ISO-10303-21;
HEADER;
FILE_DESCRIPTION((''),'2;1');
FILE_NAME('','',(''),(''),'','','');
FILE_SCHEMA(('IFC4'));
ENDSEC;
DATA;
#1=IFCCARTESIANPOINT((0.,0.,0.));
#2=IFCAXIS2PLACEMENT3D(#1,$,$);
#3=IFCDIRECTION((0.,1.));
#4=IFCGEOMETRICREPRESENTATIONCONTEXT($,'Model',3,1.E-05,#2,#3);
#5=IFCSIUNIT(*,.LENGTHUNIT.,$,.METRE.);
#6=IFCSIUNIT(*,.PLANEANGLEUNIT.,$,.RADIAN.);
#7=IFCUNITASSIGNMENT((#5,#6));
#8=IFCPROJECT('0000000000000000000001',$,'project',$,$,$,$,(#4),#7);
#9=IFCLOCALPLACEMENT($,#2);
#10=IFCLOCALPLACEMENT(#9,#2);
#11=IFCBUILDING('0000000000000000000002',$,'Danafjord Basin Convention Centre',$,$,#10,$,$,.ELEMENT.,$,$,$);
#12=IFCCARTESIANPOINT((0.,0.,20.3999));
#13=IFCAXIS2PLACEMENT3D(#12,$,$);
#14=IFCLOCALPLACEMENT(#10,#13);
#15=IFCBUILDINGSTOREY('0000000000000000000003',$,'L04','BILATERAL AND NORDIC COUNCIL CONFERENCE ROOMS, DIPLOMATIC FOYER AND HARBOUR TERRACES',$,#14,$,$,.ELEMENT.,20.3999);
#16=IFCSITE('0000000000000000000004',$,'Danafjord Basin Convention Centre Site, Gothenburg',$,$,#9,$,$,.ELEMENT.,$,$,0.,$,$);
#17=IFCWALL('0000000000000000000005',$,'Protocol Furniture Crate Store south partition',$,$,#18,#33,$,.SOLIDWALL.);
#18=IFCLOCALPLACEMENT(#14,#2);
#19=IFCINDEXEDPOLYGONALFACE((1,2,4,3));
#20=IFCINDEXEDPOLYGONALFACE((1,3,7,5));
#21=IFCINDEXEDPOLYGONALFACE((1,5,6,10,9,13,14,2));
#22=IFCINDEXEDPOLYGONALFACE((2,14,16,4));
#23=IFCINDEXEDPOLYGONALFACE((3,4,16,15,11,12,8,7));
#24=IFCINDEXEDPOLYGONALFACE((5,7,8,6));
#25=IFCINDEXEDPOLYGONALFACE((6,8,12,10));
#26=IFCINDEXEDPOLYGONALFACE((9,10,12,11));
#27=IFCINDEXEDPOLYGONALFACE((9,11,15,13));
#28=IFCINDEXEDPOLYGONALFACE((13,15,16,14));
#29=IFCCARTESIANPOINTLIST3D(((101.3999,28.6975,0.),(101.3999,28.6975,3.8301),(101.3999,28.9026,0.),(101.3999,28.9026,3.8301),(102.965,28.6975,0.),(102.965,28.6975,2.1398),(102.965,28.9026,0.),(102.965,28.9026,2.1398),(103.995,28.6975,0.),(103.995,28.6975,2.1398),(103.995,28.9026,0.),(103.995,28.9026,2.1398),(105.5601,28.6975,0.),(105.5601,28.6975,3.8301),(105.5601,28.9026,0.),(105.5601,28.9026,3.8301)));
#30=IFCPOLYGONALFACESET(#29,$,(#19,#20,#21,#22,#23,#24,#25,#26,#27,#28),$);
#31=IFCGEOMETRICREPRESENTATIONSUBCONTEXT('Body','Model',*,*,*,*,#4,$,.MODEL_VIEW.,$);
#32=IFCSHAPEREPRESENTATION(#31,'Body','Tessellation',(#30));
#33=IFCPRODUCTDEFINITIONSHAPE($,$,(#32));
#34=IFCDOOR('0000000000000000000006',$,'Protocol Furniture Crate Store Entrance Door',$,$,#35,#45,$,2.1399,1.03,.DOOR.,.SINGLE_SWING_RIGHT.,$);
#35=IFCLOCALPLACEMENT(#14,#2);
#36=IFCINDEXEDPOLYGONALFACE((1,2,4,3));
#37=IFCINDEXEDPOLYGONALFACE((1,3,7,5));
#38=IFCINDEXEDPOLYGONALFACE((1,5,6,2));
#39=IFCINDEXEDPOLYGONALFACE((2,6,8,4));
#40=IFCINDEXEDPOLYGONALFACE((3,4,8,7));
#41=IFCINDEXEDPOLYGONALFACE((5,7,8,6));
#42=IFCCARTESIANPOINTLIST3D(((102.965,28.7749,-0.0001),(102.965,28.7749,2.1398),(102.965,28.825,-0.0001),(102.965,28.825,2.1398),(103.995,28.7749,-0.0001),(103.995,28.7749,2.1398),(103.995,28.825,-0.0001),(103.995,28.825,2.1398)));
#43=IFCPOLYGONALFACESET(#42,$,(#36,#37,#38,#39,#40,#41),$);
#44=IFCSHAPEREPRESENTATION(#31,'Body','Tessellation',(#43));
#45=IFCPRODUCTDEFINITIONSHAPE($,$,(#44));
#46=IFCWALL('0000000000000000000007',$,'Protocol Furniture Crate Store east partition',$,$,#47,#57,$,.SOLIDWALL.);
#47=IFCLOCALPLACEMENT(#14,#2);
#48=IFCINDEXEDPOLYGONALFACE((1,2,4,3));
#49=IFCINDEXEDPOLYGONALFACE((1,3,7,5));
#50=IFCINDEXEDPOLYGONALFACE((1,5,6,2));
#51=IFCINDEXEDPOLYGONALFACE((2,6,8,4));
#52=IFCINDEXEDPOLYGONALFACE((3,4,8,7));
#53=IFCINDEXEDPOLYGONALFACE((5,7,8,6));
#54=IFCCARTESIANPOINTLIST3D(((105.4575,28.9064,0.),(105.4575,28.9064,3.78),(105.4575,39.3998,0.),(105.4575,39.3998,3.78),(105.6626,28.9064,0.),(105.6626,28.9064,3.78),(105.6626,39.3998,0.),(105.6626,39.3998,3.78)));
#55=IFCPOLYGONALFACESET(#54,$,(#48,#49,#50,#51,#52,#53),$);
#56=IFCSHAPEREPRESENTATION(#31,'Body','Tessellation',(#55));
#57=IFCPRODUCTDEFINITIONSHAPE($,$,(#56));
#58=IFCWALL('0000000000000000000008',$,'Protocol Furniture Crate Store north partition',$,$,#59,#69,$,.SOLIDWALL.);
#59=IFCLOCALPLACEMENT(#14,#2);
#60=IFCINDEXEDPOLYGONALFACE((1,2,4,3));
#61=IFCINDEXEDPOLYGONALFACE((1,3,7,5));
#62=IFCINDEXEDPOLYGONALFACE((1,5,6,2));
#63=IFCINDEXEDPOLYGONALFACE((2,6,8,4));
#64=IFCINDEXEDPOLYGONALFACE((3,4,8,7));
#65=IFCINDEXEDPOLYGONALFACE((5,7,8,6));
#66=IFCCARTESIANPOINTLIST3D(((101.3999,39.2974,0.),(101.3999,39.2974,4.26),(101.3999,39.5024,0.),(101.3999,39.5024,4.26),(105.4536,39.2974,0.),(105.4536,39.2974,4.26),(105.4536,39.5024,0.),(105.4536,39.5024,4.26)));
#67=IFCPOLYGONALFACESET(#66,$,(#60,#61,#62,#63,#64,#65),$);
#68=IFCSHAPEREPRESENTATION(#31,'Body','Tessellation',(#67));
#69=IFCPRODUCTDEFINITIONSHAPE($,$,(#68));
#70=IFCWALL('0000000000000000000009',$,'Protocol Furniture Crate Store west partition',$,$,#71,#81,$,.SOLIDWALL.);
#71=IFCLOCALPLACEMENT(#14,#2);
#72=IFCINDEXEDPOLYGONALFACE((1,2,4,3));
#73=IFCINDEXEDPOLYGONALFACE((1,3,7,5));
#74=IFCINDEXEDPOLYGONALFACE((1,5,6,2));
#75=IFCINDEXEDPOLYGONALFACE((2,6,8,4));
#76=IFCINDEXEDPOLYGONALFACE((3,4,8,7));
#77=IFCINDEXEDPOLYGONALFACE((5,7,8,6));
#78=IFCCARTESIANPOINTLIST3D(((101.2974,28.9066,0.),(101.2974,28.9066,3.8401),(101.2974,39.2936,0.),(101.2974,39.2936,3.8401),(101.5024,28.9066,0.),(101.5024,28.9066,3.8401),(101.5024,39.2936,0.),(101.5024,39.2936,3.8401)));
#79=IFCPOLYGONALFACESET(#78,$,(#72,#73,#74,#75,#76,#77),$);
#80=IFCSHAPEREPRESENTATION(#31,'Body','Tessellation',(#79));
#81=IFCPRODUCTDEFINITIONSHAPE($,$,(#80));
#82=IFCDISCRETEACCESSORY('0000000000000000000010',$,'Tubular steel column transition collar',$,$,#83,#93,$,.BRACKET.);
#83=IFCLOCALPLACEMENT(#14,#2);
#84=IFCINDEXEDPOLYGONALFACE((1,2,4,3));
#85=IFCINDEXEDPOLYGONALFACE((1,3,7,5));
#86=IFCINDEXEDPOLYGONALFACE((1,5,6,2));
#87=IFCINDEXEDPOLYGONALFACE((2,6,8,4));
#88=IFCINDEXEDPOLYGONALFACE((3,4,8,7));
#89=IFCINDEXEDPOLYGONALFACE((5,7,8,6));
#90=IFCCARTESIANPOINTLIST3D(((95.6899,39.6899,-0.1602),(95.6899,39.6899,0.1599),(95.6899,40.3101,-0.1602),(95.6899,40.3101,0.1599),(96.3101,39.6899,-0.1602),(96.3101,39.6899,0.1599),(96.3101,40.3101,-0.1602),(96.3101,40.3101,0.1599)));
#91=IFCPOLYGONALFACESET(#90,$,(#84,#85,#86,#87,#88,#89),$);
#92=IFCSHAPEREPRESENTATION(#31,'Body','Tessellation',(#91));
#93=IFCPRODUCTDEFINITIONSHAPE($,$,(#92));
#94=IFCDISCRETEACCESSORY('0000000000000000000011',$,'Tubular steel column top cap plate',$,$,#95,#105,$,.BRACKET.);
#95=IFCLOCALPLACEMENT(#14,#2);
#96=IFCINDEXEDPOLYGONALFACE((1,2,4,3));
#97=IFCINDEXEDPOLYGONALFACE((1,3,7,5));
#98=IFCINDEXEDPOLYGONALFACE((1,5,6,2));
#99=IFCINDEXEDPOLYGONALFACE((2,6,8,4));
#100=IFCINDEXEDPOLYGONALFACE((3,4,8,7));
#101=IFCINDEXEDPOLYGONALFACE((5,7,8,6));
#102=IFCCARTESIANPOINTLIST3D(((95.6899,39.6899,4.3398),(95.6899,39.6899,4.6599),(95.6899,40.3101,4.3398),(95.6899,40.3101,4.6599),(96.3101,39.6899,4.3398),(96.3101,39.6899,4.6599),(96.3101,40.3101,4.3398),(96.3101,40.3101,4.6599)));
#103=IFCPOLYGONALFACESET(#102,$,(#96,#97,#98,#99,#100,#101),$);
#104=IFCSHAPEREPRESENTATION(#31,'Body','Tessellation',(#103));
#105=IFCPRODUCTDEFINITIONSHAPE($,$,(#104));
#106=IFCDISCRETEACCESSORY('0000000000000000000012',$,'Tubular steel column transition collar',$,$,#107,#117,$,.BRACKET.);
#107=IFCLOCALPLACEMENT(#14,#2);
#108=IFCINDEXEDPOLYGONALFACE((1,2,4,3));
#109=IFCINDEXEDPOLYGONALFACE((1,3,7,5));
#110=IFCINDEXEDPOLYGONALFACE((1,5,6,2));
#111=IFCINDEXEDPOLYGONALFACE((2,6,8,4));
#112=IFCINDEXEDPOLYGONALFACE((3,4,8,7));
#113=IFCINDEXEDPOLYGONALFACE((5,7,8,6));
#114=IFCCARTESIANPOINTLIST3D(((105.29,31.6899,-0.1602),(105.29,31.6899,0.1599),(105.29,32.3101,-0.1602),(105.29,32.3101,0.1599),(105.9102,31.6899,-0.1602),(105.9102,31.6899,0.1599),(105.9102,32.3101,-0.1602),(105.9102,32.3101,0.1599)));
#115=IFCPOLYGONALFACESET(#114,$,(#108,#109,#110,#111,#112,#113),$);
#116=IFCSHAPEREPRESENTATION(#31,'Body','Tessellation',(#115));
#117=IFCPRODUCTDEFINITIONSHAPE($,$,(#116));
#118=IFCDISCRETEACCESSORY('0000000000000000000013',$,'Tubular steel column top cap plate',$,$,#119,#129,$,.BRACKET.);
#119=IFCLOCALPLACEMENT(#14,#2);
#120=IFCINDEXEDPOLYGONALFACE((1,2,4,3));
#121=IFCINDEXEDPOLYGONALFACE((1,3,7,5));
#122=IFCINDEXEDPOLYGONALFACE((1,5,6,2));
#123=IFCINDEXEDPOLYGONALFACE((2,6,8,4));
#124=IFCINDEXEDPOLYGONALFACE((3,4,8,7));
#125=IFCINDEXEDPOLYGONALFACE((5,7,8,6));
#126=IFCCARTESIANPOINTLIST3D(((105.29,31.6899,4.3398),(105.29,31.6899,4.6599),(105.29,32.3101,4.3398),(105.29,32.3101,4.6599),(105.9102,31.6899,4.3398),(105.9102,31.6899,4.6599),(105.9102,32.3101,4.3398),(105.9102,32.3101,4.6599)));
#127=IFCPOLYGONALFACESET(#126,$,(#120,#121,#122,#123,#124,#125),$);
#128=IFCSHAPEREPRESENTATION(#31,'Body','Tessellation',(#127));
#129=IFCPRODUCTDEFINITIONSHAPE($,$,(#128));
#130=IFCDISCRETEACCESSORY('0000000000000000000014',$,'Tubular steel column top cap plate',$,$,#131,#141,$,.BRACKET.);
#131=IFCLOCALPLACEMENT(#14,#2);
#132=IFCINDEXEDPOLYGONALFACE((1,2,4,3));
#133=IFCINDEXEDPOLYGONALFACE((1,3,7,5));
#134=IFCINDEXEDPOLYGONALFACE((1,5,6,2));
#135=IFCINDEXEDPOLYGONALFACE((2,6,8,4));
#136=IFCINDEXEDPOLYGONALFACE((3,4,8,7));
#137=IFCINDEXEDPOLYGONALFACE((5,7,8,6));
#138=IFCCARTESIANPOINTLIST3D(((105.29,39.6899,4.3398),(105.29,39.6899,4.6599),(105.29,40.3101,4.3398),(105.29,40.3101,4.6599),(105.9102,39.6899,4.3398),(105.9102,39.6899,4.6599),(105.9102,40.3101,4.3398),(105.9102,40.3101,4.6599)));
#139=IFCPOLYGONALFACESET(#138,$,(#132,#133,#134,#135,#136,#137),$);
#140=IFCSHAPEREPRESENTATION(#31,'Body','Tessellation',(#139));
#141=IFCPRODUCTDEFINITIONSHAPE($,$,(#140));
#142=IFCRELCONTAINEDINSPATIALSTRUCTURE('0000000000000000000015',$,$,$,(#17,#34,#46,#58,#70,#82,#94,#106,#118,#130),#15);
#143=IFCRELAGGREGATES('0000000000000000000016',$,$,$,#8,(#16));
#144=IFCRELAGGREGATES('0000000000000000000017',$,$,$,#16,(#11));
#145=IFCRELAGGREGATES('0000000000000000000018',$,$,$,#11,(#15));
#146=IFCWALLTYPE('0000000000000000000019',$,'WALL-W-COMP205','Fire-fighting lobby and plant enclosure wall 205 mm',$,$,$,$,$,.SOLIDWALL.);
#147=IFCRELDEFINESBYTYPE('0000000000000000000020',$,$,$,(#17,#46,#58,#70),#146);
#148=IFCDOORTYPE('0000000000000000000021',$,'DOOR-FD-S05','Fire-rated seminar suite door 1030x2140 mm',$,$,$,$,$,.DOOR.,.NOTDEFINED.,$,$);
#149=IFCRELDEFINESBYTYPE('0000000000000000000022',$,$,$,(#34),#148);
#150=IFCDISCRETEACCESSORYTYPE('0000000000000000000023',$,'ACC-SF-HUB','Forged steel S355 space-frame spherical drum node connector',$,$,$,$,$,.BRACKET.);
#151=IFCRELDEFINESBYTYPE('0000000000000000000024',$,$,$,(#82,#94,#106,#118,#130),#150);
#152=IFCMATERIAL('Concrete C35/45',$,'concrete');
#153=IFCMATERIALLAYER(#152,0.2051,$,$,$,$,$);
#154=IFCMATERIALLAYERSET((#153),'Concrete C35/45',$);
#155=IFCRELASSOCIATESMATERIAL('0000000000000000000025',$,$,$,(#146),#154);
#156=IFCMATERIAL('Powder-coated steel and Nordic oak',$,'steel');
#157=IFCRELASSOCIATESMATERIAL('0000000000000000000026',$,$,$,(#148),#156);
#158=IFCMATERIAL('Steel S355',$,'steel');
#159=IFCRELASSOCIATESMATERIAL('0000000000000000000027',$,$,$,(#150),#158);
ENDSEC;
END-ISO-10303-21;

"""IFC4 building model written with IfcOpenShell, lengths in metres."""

from ifc_helpers import new_model, si_unit, direction, frame, frame_2d, origin, origin_2d, place, context, subcontext, project, spatial, rectangle, extrude, material, layer, layer_set, type_object, element, fill, save


model = new_model("IFC4")

# Units and contexts
model_context = context("Model", 3, precision=1e-05, world=origin(), true_north=direction((0.0, 1.0)))
body_context = subcontext(model_context, "Body", "Model", "MODEL_VIEW")
ifc_project = project(units=[si_unit("LENGTHUNIT", "METRE"), si_unit("PLANEANGLEUNIT", "RADIAN")], contexts=[model_context])

# Site, building, storey
site_placement = place(None, origin())
site = spatial("IfcSite", under=ifc_project, at=site_placement, Name="Danafjord Basin Convention Centre Site, Gothenburg", CompositionType="ELEMENT", RefElevation=0.0)
building_placement = place(site_placement, origin())
building = spatial("IfcBuilding", under=site, at=building_placement, Name="Danafjord Basin Convention Centre", CompositionType="ELEMENT")
storey_placement = place(building_placement, frame((0.0, 0.0, 20.3999)))
storey = spatial("IfcBuildingStorey", under=building, at=storey_placement, Name="L04", Description="BILATERAL AND NORDIC COUNCIL CONFERENCE ROOMS, DIPLOMATIC FOYER AND HARBOUR TERRACES", CompositionType="ELEMENT", Elevation=20.3999)

# Shared definitions
ifc_material_1 = material(Name="Steel S355", Category="steel")

# Shared definitions
ifc_material_2 = material(Name="Concrete C35/45", Category="concrete")
ifc_layer_1 = layer(ifc_material_2, 0.2051)
ifc_layer_set_1 = layer_set([ifc_layer_1], Name="Concrete C35/45")
wall_type_1 = type_object("IfcWallType", Name="WALL-W-COMP205", Description="Fire-fighting lobby and plant enclosure wall 205 mm", PredefinedType="SOLIDWALL", material=ifc_layer_set_1)

# Wall, opening, door
wall_1_placement = place(storey_placement, frame((101.3999, 28.8, 0.0), z_axis=(0.0, 0.0, 1.0), x_axis=(1.0, 0.0, 0.0)))
wall_1 = element("IfcWall", 1, at=wall_1_placement, inside=storey, type_object=wall_type_1, Name="Protocol Furniture Crate Store south partition", PredefinedType="SOLIDWALL", context=body_context, shape_type="SweptSolid", body=[
    extrude(rectangle(XDim=4.1602, YDim=0.2051, at=frame_2d((2.0801, 0.0))), origin(), (0.0, 0.0, 1.0), 3.8301),
])
opening_placement = place(wall_1_placement, frame((1.5649, 0.0, 0.0)))
opening = element("IfcOpeningElement", 2, at=opening_placement, cuts=wall_1, PredefinedType="OPENING", context=body_context, shape_type="SweptSolid", body=[
    extrude(rectangle(XDim=1.03, YDim=2.1399, at=frame_2d((0.5151, 1.0698))), frame((0.0, 0.1125, 0.0), z_axis=(0.0, -1.0, 0.0), x_axis=(1.0, 0.0, 0.0)), (0.0, 0.0, 1.0), 0.2251),
])
ifc_material_3 = material(Name="Powder-coated steel and Nordic oak", Category="steel")
door_type = type_object("IfcDoorType", Name="DOOR-FD-S05", Description="Fire-rated seminar suite door 1030x2140 mm", OperationType="NOTDEFINED", PredefinedType="DOOR", material=ifc_material_3)
door_placement = place(opening_placement, origin())
door = element("IfcDoor", 3, at=door_placement, inside=storey, type_object=door_type, Name="Protocol Furniture Crate Store Entrance Door", OperationType="SINGLE_SWING_RIGHT", OverallHeight=2.1399, OverallWidth=1.03, PredefinedType="DOOR", context=body_context, shape_type="SweptSolid", body=[
    extrude(rectangle(XDim=1.03, YDim=2.1399, at=frame_2d((0.5151, 1.0698))), frame((0.0, 0.0249, 0.0), z_axis=(0.0, -1.0, 0.0), x_axis=(1.0, 0.0, 0.0)), (0.0, 0.0, 1.0), 0.05),
])
fill(opening, door)

# Walls
wall_2_placement = place(storey_placement, frame((105.5601, 28.9065, 0.0), z_axis=(0.0, 0.0, 1.0), x_axis=(0.0, 1.0, 0.0)))
element("IfcWall", 4, at=wall_2_placement, inside=storey, type_object=wall_type_1, Name="Protocol Furniture Crate Store east partition", PredefinedType="SOLIDWALL", context=body_context, shape_type="SweptSolid", body=[
    extrude(rectangle(XDim=10.4934, YDim=0.2051, at=frame_2d((5.2466, 0.0))), origin(), (0.0, 0.0, 1.0), 3.78),
])
wall_3_placement = place(storey_placement, frame((105.4536, 39.3999, 0.0), z_axis=(0.0, 0.0, 1.0), x_axis=(-1.0, 0.0, 0.0)))
element("IfcWall", 5, at=wall_3_placement, inside=storey, type_object=wall_type_1, Name="Protocol Furniture Crate Store north partition", PredefinedType="SOLIDWALL", context=body_context, shape_type="SweptSolid", body=[
    extrude(rectangle(XDim=4.0537, YDim=0.2051, at=frame_2d((2.0269, 0.0))), origin(), (0.0, 0.0, 1.0), 4.26),
])
wall_4_placement = place(storey_placement, frame((101.3999, 39.2935, 0.0), z_axis=(0.0, 0.0, 1.0), x_axis=(0.0, -1.0, 0.0)))
element("IfcWall", 6, at=wall_4_placement, inside=storey, type_object=wall_type_1, Name="Protocol Furniture Crate Store west partition", PredefinedType="SOLIDWALL", context=body_context, shape_type="SweptSolid", body=[
    extrude(rectangle(XDim=10.387, YDim=0.2051, at=frame_2d((5.1934, 0.0))), origin(), (0.0, 0.0, 1.0), 3.8401),
])

# Discrete accessories
discrete_accessory_type = type_object("IfcDiscreteAccessoryType", Name="ACC-SF-HUB", Description="Forged steel S355 space-frame spherical drum node connector", PredefinedType="BRACKET", material=ifc_material_1)
for number, where, z_axis, x_axis, name in (
    (7, (96.0, 40.0, -0.1602), (0.0, 0.0, 1.0), (1.0, 0.0, 0.0), "Tubular steel column transition collar"),
    (8, (96.0, 40.0, 4.3398), (0.0, 0.0, 1.0), (1.0, 0.0, 0.0), "Tubular steel column top cap plate"),
    (9, (105.6001, 32.0, -0.1602), (0.0, 0.0, 1.0), (1.0, 0.0, 0.0), "Tubular steel column transition collar"),
    (10, (105.6001, 32.0, 4.3398), (0.0, 0.0, 1.0), (1.0, 0.0, 0.0), "Tubular steel column top cap plate"),
    (11, (105.6001, 40.0, 4.3398), (0.0, 0.0, 1.0), (1.0, 0.0, 0.0), "Tubular steel column top cap plate"),
):
    element("IfcDiscreteAccessory", number, at=place(storey_placement, frame(where, z_axis=z_axis, x_axis=x_axis)), inside=storey, type_object=discrete_accessory_type, Name=name, PredefinedType="BRACKET", context=body_context, shape_type="SweptSolid", body=[
        extrude(rectangle(XDim=0.6201, YDim=0.6201, at=origin_2d()), origin(), (0.0, 0.0, 1.0), 0.3201),
    ])

save(model, "model.ifc")
